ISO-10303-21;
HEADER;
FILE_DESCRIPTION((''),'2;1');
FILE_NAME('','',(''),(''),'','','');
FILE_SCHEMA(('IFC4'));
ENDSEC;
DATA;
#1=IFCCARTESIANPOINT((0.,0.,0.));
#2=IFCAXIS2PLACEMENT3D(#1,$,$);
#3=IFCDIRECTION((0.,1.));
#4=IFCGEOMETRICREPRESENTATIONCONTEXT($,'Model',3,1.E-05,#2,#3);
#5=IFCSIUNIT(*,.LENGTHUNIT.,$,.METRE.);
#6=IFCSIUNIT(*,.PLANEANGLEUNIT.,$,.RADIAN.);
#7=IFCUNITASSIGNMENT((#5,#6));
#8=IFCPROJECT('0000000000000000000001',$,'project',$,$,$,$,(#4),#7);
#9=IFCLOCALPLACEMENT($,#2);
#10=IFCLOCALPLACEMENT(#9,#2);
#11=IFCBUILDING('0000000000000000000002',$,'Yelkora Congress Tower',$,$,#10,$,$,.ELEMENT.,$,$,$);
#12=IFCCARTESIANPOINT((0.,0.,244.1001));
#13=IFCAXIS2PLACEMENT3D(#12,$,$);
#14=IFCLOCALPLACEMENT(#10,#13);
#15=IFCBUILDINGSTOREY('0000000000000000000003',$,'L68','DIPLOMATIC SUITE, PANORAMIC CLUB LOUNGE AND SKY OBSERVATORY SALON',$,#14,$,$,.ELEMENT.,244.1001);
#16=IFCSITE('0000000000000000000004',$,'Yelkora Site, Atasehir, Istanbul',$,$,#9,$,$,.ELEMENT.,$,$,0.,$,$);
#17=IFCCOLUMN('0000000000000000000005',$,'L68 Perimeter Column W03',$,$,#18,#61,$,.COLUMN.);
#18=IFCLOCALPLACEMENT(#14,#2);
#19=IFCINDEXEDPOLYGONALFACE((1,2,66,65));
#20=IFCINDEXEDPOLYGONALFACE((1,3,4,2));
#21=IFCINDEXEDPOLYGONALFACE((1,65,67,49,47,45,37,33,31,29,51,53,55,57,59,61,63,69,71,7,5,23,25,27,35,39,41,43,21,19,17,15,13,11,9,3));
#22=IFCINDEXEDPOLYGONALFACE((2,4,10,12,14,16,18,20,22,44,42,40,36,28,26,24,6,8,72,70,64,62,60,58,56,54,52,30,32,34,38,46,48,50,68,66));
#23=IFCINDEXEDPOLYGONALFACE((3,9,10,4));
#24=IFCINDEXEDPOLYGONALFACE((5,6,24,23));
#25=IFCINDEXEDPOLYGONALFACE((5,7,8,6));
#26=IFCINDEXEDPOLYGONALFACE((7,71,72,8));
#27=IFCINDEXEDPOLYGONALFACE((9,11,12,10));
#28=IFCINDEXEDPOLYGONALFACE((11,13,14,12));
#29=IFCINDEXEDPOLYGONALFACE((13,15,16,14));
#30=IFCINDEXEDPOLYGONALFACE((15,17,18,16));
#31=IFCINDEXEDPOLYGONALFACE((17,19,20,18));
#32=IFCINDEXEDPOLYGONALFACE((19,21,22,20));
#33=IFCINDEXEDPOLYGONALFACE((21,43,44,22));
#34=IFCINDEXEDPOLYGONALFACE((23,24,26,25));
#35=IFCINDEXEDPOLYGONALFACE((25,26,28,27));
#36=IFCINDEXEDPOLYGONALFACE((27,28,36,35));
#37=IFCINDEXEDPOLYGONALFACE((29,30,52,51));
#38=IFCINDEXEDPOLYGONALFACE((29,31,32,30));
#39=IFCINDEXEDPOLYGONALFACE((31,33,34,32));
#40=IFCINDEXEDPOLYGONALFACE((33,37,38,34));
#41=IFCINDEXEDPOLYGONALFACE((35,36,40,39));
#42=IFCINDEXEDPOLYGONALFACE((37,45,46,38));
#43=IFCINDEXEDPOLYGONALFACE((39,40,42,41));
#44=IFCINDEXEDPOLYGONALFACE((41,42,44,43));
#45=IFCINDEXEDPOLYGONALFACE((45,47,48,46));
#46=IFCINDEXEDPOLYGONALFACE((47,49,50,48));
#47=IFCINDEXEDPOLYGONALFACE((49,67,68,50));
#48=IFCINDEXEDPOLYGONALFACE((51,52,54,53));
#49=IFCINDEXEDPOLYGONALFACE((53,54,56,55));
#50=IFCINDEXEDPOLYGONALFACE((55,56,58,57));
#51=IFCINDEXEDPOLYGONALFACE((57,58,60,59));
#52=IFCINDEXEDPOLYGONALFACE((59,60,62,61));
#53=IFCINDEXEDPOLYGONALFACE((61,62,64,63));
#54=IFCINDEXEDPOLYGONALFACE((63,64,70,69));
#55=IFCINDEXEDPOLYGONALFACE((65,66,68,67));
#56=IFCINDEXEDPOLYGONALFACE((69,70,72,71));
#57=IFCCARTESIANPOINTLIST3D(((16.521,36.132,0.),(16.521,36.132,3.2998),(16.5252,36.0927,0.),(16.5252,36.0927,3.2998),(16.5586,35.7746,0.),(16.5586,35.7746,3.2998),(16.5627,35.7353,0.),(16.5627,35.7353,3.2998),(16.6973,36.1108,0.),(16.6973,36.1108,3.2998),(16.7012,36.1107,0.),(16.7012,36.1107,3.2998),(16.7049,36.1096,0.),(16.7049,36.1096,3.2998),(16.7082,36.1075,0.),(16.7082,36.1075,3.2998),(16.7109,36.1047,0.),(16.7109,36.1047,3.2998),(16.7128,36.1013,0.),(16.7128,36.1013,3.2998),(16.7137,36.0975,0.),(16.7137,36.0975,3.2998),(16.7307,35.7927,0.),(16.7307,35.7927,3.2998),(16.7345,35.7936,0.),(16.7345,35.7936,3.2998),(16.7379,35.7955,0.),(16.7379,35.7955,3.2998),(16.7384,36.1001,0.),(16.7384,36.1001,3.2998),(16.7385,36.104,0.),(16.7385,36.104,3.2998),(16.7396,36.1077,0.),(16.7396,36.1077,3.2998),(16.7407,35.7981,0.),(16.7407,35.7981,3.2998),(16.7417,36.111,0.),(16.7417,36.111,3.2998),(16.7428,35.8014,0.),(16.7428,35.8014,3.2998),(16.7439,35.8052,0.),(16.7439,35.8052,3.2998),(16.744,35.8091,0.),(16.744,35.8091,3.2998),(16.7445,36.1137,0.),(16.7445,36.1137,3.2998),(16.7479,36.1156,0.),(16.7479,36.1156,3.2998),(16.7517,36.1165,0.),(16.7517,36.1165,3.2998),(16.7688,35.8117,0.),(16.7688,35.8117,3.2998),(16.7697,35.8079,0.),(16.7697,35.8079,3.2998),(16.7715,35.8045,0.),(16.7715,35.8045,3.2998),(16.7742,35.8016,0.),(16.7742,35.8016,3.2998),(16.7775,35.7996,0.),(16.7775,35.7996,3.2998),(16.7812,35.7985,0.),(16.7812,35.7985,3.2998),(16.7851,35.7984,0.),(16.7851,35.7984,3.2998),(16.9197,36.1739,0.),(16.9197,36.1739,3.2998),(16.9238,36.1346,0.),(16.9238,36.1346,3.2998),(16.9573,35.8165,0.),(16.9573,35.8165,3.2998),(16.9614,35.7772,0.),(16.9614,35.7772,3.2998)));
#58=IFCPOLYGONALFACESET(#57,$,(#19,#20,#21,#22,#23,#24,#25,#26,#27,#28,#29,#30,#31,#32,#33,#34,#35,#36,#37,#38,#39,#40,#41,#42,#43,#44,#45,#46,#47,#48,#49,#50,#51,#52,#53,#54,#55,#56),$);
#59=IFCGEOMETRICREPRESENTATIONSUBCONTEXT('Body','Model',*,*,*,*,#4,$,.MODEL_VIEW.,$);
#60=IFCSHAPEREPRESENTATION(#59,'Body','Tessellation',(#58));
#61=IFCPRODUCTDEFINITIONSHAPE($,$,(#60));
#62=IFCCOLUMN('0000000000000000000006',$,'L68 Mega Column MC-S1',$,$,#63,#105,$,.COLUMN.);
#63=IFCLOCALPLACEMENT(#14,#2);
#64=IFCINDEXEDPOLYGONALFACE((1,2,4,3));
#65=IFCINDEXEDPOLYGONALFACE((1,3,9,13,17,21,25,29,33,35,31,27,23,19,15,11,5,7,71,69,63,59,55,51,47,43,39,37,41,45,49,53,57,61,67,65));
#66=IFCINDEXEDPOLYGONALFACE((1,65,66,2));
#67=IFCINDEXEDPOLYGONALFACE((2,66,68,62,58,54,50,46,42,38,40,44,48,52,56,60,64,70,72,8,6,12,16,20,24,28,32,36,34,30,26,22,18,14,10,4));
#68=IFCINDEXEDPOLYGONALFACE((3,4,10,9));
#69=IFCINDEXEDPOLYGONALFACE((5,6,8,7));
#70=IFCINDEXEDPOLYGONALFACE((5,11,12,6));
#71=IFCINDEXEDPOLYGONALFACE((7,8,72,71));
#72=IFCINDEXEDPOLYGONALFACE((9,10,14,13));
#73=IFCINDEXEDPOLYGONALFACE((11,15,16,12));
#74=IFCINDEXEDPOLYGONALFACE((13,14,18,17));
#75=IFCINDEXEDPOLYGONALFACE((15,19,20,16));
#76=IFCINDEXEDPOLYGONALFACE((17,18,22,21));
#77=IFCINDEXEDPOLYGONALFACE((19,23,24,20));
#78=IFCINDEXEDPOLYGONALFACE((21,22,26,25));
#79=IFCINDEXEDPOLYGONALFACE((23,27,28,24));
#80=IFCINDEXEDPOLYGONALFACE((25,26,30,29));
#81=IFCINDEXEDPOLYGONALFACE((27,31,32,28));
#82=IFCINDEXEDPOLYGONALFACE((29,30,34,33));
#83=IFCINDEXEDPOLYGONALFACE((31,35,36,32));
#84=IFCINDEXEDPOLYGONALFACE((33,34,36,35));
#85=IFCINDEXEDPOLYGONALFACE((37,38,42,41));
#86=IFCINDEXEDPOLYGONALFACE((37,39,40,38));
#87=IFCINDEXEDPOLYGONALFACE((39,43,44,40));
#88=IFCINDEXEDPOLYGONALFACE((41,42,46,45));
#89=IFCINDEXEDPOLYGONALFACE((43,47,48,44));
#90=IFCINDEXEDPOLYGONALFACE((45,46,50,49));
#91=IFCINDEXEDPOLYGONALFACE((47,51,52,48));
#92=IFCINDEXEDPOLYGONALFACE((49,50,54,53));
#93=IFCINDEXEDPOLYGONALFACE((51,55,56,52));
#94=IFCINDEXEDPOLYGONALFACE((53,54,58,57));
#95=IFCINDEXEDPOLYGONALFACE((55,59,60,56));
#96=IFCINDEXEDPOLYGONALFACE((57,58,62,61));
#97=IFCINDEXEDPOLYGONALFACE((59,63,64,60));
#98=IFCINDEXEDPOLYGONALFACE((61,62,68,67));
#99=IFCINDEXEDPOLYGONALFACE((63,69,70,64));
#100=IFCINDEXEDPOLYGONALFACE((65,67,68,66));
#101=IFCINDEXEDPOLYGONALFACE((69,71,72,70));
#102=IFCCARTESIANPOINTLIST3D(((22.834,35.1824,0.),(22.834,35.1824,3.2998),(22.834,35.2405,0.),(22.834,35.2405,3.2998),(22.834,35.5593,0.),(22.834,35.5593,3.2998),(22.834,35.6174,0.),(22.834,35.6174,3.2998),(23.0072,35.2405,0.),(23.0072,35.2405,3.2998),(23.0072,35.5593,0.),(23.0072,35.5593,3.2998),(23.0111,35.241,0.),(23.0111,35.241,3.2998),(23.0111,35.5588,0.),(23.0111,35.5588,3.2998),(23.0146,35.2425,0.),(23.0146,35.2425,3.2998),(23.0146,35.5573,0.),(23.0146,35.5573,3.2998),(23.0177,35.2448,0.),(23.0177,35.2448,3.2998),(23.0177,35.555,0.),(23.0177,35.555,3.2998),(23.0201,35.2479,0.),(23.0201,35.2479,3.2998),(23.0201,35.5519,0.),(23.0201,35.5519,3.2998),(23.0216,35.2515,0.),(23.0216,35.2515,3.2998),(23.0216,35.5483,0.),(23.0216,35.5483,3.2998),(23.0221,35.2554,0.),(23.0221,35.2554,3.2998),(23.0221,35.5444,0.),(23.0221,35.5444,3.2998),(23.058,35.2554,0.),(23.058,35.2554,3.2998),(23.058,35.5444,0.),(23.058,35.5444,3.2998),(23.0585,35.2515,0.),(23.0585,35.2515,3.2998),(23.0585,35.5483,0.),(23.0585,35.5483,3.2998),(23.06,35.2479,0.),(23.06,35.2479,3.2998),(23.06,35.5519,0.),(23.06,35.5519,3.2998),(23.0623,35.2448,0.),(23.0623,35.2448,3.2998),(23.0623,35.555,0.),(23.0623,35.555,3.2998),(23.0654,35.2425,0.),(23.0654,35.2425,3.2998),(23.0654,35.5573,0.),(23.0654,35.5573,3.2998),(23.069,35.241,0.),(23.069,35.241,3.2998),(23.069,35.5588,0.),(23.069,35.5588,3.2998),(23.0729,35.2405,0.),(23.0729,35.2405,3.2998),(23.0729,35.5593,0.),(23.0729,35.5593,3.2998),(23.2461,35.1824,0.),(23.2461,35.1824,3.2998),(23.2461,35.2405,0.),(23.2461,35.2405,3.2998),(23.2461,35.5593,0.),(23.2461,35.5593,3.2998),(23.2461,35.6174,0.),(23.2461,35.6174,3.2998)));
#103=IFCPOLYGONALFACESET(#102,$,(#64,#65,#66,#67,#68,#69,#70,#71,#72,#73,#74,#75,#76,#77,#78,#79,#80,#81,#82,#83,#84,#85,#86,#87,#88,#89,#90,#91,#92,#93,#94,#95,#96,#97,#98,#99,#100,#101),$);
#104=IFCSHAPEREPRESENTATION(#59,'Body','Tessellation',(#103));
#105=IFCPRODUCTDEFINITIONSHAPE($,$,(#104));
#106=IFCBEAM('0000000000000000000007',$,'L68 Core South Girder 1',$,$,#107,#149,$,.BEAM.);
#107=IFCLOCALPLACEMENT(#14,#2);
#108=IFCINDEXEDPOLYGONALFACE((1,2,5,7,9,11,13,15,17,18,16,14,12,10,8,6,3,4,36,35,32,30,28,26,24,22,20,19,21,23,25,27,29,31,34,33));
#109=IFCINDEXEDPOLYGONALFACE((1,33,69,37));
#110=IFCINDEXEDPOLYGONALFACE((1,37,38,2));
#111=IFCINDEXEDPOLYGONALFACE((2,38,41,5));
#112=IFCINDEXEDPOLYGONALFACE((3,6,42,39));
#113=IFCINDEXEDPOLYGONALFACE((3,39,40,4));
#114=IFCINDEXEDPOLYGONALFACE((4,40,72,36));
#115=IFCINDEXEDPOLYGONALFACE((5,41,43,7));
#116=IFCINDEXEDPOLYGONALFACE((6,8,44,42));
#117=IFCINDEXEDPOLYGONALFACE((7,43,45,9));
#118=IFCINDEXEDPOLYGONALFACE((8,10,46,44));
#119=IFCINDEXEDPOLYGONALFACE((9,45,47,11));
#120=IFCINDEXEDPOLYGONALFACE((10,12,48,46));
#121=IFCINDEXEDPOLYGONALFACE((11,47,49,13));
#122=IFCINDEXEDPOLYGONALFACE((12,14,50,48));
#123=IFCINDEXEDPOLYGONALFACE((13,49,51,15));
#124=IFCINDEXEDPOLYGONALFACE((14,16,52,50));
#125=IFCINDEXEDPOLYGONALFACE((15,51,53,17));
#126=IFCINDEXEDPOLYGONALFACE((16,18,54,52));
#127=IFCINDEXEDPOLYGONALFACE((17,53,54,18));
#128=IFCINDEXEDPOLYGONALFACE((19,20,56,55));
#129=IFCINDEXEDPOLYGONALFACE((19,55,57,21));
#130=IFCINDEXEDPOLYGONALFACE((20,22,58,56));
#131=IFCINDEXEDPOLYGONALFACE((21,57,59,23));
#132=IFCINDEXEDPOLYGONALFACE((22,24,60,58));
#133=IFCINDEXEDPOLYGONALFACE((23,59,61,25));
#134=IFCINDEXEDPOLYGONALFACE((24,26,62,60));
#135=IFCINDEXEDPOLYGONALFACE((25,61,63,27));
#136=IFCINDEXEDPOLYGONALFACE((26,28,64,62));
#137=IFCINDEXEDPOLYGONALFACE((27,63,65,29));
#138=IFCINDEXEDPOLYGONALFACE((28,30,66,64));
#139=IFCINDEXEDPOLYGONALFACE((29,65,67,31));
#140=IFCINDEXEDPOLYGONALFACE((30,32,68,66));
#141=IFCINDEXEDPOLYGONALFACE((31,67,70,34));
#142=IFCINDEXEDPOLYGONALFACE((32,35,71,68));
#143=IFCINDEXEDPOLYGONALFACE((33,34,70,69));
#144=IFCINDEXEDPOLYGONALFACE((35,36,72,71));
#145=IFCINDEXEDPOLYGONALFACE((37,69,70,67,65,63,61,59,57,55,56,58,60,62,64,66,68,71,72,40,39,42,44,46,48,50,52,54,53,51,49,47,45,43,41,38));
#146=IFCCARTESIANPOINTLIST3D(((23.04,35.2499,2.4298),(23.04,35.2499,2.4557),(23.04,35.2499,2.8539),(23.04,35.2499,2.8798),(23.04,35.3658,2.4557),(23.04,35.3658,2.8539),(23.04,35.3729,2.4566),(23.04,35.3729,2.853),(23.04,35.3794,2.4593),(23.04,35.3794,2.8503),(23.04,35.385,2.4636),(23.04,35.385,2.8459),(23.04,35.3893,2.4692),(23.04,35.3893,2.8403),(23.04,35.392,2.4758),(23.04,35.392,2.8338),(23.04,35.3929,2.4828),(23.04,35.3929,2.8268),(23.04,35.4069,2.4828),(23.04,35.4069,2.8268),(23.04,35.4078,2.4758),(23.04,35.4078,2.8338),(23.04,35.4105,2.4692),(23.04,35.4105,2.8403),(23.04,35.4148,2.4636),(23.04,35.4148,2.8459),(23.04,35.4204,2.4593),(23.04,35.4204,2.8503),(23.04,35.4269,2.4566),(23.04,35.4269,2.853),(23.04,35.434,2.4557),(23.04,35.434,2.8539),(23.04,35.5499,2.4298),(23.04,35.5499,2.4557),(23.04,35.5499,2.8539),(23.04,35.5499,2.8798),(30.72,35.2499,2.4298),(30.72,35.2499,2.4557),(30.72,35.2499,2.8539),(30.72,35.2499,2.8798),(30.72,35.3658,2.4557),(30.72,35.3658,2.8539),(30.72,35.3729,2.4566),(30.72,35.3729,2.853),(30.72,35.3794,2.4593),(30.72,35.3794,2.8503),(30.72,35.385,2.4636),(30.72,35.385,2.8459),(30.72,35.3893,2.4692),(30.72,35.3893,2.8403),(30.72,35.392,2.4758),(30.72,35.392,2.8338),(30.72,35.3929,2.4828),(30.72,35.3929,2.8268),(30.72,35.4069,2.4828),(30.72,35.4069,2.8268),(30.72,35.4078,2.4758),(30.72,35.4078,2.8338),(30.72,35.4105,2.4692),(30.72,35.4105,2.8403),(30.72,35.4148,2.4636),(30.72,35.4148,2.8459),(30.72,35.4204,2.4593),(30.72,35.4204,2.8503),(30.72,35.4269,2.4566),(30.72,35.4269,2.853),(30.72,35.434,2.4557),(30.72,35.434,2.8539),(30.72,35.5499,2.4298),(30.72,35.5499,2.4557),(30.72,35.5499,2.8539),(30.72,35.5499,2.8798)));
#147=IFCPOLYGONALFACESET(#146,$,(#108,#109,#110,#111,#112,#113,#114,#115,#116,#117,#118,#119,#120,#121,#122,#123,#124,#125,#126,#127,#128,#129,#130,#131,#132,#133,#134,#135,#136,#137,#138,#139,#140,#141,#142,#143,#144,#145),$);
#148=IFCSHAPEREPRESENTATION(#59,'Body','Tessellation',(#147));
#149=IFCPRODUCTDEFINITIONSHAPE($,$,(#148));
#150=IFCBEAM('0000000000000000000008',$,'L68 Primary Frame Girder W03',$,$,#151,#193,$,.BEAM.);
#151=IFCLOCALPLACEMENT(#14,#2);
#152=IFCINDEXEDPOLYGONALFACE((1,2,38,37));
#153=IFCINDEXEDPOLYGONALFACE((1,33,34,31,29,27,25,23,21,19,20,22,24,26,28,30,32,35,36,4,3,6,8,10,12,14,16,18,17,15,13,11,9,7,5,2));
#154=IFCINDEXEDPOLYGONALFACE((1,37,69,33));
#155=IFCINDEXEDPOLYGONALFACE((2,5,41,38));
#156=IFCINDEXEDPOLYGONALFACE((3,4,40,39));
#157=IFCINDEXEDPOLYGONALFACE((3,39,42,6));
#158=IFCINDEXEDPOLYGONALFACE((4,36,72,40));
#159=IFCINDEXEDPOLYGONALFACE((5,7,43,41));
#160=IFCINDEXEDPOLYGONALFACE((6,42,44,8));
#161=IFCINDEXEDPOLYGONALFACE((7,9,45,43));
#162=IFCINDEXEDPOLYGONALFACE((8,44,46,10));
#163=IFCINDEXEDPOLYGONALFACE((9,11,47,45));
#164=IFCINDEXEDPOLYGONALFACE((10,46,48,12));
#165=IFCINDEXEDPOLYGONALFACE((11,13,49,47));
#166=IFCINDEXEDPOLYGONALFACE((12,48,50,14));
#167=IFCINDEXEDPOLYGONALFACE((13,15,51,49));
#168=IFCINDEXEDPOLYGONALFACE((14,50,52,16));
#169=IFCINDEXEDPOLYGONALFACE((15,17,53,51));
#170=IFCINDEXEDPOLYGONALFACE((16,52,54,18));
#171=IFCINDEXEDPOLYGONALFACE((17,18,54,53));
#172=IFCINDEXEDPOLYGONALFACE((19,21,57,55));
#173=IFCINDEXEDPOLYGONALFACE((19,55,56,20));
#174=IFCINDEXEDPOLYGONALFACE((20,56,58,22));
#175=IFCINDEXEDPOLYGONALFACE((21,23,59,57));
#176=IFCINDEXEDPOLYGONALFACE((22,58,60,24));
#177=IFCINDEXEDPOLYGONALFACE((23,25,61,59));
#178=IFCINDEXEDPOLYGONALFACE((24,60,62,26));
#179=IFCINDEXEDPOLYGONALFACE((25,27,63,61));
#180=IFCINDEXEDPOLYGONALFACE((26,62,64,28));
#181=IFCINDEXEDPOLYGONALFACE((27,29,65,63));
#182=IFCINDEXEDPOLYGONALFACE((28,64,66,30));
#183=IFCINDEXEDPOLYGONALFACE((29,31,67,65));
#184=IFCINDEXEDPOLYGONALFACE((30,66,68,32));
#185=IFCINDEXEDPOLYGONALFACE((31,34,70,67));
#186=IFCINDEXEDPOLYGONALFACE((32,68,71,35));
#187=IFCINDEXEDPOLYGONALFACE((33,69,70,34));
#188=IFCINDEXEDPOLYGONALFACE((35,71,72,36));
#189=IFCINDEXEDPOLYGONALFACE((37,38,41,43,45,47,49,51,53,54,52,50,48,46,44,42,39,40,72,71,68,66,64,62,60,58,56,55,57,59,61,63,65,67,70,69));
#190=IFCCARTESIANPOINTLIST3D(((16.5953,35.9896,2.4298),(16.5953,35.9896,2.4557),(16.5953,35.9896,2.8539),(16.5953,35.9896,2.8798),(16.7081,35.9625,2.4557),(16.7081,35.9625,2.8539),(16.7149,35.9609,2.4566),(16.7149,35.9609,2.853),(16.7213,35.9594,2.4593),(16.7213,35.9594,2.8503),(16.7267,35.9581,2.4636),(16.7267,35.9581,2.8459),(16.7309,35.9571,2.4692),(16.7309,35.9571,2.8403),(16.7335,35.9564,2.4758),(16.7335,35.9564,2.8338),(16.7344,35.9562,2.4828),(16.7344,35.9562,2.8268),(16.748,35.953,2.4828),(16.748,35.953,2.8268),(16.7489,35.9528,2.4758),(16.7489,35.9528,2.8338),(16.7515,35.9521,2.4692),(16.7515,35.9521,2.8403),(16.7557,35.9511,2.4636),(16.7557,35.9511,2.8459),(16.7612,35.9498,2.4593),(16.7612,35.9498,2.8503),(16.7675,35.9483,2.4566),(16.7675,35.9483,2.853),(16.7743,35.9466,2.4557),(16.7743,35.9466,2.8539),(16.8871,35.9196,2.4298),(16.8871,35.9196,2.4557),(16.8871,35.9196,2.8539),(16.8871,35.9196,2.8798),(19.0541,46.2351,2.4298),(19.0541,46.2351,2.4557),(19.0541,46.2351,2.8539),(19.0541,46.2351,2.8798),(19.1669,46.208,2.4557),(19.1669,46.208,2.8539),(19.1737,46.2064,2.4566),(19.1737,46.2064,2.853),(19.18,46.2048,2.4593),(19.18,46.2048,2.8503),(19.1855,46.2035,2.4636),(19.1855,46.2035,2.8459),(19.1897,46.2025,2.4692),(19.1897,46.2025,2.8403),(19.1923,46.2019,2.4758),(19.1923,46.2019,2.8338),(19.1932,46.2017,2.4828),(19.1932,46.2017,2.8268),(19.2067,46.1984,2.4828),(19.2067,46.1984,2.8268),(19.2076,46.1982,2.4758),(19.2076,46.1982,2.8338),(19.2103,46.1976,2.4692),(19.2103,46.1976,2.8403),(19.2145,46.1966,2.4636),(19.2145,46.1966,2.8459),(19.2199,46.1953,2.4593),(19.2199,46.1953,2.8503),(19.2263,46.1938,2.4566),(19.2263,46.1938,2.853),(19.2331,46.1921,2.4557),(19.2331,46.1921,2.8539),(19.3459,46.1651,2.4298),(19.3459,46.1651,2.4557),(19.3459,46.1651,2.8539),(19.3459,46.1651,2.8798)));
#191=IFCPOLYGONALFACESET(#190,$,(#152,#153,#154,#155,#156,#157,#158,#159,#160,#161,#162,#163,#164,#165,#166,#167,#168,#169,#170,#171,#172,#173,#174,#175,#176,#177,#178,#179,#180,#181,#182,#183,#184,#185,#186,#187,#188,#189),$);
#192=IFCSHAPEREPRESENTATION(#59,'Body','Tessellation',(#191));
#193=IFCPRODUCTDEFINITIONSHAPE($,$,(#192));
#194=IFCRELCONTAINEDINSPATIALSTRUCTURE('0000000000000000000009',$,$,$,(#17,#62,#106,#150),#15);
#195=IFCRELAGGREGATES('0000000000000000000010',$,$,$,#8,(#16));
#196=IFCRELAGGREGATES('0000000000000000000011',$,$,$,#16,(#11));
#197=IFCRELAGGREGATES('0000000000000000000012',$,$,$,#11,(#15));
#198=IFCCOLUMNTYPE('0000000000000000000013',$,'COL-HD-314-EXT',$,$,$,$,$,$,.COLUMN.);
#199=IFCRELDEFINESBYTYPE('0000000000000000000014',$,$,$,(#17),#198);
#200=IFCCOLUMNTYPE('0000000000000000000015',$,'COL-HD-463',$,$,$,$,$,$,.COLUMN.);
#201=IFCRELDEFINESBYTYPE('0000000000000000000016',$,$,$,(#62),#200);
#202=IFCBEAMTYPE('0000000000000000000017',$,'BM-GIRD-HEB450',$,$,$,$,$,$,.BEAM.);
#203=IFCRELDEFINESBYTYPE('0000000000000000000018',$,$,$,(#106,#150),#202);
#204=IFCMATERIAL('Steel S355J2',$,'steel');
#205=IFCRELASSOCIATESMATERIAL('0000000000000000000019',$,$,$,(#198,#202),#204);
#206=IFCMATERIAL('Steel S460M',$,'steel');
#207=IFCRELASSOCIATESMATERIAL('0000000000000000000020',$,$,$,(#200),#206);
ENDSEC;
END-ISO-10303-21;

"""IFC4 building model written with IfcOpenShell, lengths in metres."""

from ifc_helpers import new_model, si_unit, direction, frame, origin, origin_2d, place, context, subcontext, project, spatial, i_section, extrude, material, material_profile, profile_set, type_object, element, save


model = new_model("IFC4")

# Units and contexts
model_context = context("Model", 3, precision=1e-05, world=origin(), true_north=direction((0.0, 1.0)))
body_context = subcontext(model_context, "Body", "Model", "MODEL_VIEW")
ifc_project = project(units=[si_unit("LENGTHUNIT", "METRE"), si_unit("PLANEANGLEUNIT", "RADIAN")], contexts=[model_context])

# Site, building, storey
site_placement = place(None, origin())
site = spatial("IfcSite", under=ifc_project, at=site_placement, Name="Yelkora Site, Atasehir, Istanbul", CompositionType="ELEMENT", RefElevation=0.0)
building_placement = place(site_placement, origin())
building = spatial("IfcBuilding", under=site, at=building_placement, Name="Yelkora Congress Tower", CompositionType="ELEMENT")
storey_placement = place(building_placement, frame((0.0, 0.0, 244.1001)))
storey = spatial("IfcBuildingStorey", under=building, at=storey_placement, Name="L68", Description="DIPLOMATIC SUITE, PANORAMIC CLUB LOUNGE AND SKY OBSERVATORY SALON", CompositionType="ELEMENT", Elevation=244.1001)

# Columns
ifc_material_1 = material(Name="Steel S355J2", Category="steel")
ifc_material_profile_1 = material_profile(ifc_material_1, i_section(OverallWidth=0.4009, OverallDepth=0.3989, WebThickness=0.0249, FlangeThickness=0.0396, FilletRadius=0.0149, at=origin_2d()), Name="HD 400x314")
ifc_profile_set_1 = profile_set([ifc_material_profile_1], Name="Steel S355J2")
column_type_1 = type_object("IfcColumnType", Name="COL-HD-314-EXT", PredefinedType="COLUMN", material=ifc_profile_set_1)
column_1_placement = place(storey_placement, frame((16.7412, 35.9546, 0.0), z_axis=(0.0, 0.0, 1.0), x_axis=(0.994522, 0.104528, 0.0)))
element("IfcColumn", 1, at=column_1_placement, inside=storey, type_object=column_type_1, Name="L68 Perimeter Column W03", PredefinedType="COLUMN", context=body_context, shape_type="SweptSolid", body=[
    extrude(i_section(OverallWidth=0.4009, OverallDepth=0.3989, WebThickness=0.0249, FlangeThickness=0.0396, FilletRadius=0.0149, at=origin_2d()), origin(), (0.0, 0.0, 1.0), 3.2998),
])
ifc_material_2 = material(Name="Steel S460M", Category="steel")
ifc_material_profile_2 = material_profile(ifc_material_2, i_section(OverallWidth=0.4121, OverallDepth=0.4351, WebThickness=0.0359, FlangeThickness=0.0581, FilletRadius=0.0149, at=origin_2d()), Name="HD 400x463")
ifc_profile_set_2 = profile_set([ifc_material_profile_2], Name="Steel S460M")
column_type_2 = type_object("IfcColumnType", Name="COL-HD-463", PredefinedType="COLUMN", material=ifc_profile_set_2)
column_2_placement = place(storey_placement, frame((23.04, 35.3999, 0.0), z_axis=(0.0, 0.0, 1.0), x_axis=(1.0, 0.0, 0.0)))
element("IfcColumn", 2, at=column_2_placement, inside=storey, type_object=column_type_2, Name="L68 Mega Column MC-S1", PredefinedType="COLUMN", context=body_context, shape_type="SweptSolid", body=[
    extrude(i_section(OverallWidth=0.4121, OverallDepth=0.4351, WebThickness=0.0359, FlangeThickness=0.0581, FilletRadius=0.0149, at=origin_2d()), origin(), (0.0, 0.0, 1.0), 3.2998),
])

# Beams
ifc_material_profile_3 = material_profile(ifc_material_1, i_section(OverallWidth=0.3, OverallDepth=0.45, WebThickness=0.0139, FlangeThickness=0.0259, FilletRadius=0.0271, at=origin_2d()), Name="HEB 450")
ifc_profile_set_3 = profile_set([ifc_material_profile_3], Name="Steel S355J2")
beam_type_1 = type_object("IfcBeamType", Name="BM-GIRD-HEB450", PredefinedType="BEAM", material=ifc_profile_set_3)
beam_1_placement = place(storey_placement, frame((23.04, 35.3999, 2.6548), z_axis=(1.0, 0.0, 0.0), x_axis=(0.0, 1.0, 0.0)))
element("IfcBeam", 3, at=beam_1_placement, inside=storey, type_object=beam_type_1, Name="L68 Core South Girder 1", PredefinedType="BEAM", context=body_context, shape_type="SweptSolid", body=[
    extrude(i_section(OverallWidth=0.3, OverallDepth=0.45, WebThickness=0.0139, FlangeThickness=0.0259, FilletRadius=0.0271, at=origin_2d()), origin(), (0.0, 0.0, 1.0), 7.6799),
])
beam_2_placement = place(storey_placement, frame((16.7412, 35.9546, 2.6548), z_axis=(0.23336, 0.97239, 0.0), x_axis=(-0.97239, 0.23336, 0.0)))
element("IfcBeam", 4, at=beam_2_placement, inside=storey, type_object=beam_type_1, Name="L68 Primary Frame Girder W03", PredefinedType="BEAM", context=body_context, shape_type="SweptSolid", body=[
    extrude(i_section(OverallWidth=0.3, OverallDepth=0.45, WebThickness=0.0139, FlangeThickness=0.0259, FilletRadius=0.0271, at=origin_2d()), origin(), (0.0, 0.0, 1.0), 10.5364),
])

save(model, "model.ifc")
